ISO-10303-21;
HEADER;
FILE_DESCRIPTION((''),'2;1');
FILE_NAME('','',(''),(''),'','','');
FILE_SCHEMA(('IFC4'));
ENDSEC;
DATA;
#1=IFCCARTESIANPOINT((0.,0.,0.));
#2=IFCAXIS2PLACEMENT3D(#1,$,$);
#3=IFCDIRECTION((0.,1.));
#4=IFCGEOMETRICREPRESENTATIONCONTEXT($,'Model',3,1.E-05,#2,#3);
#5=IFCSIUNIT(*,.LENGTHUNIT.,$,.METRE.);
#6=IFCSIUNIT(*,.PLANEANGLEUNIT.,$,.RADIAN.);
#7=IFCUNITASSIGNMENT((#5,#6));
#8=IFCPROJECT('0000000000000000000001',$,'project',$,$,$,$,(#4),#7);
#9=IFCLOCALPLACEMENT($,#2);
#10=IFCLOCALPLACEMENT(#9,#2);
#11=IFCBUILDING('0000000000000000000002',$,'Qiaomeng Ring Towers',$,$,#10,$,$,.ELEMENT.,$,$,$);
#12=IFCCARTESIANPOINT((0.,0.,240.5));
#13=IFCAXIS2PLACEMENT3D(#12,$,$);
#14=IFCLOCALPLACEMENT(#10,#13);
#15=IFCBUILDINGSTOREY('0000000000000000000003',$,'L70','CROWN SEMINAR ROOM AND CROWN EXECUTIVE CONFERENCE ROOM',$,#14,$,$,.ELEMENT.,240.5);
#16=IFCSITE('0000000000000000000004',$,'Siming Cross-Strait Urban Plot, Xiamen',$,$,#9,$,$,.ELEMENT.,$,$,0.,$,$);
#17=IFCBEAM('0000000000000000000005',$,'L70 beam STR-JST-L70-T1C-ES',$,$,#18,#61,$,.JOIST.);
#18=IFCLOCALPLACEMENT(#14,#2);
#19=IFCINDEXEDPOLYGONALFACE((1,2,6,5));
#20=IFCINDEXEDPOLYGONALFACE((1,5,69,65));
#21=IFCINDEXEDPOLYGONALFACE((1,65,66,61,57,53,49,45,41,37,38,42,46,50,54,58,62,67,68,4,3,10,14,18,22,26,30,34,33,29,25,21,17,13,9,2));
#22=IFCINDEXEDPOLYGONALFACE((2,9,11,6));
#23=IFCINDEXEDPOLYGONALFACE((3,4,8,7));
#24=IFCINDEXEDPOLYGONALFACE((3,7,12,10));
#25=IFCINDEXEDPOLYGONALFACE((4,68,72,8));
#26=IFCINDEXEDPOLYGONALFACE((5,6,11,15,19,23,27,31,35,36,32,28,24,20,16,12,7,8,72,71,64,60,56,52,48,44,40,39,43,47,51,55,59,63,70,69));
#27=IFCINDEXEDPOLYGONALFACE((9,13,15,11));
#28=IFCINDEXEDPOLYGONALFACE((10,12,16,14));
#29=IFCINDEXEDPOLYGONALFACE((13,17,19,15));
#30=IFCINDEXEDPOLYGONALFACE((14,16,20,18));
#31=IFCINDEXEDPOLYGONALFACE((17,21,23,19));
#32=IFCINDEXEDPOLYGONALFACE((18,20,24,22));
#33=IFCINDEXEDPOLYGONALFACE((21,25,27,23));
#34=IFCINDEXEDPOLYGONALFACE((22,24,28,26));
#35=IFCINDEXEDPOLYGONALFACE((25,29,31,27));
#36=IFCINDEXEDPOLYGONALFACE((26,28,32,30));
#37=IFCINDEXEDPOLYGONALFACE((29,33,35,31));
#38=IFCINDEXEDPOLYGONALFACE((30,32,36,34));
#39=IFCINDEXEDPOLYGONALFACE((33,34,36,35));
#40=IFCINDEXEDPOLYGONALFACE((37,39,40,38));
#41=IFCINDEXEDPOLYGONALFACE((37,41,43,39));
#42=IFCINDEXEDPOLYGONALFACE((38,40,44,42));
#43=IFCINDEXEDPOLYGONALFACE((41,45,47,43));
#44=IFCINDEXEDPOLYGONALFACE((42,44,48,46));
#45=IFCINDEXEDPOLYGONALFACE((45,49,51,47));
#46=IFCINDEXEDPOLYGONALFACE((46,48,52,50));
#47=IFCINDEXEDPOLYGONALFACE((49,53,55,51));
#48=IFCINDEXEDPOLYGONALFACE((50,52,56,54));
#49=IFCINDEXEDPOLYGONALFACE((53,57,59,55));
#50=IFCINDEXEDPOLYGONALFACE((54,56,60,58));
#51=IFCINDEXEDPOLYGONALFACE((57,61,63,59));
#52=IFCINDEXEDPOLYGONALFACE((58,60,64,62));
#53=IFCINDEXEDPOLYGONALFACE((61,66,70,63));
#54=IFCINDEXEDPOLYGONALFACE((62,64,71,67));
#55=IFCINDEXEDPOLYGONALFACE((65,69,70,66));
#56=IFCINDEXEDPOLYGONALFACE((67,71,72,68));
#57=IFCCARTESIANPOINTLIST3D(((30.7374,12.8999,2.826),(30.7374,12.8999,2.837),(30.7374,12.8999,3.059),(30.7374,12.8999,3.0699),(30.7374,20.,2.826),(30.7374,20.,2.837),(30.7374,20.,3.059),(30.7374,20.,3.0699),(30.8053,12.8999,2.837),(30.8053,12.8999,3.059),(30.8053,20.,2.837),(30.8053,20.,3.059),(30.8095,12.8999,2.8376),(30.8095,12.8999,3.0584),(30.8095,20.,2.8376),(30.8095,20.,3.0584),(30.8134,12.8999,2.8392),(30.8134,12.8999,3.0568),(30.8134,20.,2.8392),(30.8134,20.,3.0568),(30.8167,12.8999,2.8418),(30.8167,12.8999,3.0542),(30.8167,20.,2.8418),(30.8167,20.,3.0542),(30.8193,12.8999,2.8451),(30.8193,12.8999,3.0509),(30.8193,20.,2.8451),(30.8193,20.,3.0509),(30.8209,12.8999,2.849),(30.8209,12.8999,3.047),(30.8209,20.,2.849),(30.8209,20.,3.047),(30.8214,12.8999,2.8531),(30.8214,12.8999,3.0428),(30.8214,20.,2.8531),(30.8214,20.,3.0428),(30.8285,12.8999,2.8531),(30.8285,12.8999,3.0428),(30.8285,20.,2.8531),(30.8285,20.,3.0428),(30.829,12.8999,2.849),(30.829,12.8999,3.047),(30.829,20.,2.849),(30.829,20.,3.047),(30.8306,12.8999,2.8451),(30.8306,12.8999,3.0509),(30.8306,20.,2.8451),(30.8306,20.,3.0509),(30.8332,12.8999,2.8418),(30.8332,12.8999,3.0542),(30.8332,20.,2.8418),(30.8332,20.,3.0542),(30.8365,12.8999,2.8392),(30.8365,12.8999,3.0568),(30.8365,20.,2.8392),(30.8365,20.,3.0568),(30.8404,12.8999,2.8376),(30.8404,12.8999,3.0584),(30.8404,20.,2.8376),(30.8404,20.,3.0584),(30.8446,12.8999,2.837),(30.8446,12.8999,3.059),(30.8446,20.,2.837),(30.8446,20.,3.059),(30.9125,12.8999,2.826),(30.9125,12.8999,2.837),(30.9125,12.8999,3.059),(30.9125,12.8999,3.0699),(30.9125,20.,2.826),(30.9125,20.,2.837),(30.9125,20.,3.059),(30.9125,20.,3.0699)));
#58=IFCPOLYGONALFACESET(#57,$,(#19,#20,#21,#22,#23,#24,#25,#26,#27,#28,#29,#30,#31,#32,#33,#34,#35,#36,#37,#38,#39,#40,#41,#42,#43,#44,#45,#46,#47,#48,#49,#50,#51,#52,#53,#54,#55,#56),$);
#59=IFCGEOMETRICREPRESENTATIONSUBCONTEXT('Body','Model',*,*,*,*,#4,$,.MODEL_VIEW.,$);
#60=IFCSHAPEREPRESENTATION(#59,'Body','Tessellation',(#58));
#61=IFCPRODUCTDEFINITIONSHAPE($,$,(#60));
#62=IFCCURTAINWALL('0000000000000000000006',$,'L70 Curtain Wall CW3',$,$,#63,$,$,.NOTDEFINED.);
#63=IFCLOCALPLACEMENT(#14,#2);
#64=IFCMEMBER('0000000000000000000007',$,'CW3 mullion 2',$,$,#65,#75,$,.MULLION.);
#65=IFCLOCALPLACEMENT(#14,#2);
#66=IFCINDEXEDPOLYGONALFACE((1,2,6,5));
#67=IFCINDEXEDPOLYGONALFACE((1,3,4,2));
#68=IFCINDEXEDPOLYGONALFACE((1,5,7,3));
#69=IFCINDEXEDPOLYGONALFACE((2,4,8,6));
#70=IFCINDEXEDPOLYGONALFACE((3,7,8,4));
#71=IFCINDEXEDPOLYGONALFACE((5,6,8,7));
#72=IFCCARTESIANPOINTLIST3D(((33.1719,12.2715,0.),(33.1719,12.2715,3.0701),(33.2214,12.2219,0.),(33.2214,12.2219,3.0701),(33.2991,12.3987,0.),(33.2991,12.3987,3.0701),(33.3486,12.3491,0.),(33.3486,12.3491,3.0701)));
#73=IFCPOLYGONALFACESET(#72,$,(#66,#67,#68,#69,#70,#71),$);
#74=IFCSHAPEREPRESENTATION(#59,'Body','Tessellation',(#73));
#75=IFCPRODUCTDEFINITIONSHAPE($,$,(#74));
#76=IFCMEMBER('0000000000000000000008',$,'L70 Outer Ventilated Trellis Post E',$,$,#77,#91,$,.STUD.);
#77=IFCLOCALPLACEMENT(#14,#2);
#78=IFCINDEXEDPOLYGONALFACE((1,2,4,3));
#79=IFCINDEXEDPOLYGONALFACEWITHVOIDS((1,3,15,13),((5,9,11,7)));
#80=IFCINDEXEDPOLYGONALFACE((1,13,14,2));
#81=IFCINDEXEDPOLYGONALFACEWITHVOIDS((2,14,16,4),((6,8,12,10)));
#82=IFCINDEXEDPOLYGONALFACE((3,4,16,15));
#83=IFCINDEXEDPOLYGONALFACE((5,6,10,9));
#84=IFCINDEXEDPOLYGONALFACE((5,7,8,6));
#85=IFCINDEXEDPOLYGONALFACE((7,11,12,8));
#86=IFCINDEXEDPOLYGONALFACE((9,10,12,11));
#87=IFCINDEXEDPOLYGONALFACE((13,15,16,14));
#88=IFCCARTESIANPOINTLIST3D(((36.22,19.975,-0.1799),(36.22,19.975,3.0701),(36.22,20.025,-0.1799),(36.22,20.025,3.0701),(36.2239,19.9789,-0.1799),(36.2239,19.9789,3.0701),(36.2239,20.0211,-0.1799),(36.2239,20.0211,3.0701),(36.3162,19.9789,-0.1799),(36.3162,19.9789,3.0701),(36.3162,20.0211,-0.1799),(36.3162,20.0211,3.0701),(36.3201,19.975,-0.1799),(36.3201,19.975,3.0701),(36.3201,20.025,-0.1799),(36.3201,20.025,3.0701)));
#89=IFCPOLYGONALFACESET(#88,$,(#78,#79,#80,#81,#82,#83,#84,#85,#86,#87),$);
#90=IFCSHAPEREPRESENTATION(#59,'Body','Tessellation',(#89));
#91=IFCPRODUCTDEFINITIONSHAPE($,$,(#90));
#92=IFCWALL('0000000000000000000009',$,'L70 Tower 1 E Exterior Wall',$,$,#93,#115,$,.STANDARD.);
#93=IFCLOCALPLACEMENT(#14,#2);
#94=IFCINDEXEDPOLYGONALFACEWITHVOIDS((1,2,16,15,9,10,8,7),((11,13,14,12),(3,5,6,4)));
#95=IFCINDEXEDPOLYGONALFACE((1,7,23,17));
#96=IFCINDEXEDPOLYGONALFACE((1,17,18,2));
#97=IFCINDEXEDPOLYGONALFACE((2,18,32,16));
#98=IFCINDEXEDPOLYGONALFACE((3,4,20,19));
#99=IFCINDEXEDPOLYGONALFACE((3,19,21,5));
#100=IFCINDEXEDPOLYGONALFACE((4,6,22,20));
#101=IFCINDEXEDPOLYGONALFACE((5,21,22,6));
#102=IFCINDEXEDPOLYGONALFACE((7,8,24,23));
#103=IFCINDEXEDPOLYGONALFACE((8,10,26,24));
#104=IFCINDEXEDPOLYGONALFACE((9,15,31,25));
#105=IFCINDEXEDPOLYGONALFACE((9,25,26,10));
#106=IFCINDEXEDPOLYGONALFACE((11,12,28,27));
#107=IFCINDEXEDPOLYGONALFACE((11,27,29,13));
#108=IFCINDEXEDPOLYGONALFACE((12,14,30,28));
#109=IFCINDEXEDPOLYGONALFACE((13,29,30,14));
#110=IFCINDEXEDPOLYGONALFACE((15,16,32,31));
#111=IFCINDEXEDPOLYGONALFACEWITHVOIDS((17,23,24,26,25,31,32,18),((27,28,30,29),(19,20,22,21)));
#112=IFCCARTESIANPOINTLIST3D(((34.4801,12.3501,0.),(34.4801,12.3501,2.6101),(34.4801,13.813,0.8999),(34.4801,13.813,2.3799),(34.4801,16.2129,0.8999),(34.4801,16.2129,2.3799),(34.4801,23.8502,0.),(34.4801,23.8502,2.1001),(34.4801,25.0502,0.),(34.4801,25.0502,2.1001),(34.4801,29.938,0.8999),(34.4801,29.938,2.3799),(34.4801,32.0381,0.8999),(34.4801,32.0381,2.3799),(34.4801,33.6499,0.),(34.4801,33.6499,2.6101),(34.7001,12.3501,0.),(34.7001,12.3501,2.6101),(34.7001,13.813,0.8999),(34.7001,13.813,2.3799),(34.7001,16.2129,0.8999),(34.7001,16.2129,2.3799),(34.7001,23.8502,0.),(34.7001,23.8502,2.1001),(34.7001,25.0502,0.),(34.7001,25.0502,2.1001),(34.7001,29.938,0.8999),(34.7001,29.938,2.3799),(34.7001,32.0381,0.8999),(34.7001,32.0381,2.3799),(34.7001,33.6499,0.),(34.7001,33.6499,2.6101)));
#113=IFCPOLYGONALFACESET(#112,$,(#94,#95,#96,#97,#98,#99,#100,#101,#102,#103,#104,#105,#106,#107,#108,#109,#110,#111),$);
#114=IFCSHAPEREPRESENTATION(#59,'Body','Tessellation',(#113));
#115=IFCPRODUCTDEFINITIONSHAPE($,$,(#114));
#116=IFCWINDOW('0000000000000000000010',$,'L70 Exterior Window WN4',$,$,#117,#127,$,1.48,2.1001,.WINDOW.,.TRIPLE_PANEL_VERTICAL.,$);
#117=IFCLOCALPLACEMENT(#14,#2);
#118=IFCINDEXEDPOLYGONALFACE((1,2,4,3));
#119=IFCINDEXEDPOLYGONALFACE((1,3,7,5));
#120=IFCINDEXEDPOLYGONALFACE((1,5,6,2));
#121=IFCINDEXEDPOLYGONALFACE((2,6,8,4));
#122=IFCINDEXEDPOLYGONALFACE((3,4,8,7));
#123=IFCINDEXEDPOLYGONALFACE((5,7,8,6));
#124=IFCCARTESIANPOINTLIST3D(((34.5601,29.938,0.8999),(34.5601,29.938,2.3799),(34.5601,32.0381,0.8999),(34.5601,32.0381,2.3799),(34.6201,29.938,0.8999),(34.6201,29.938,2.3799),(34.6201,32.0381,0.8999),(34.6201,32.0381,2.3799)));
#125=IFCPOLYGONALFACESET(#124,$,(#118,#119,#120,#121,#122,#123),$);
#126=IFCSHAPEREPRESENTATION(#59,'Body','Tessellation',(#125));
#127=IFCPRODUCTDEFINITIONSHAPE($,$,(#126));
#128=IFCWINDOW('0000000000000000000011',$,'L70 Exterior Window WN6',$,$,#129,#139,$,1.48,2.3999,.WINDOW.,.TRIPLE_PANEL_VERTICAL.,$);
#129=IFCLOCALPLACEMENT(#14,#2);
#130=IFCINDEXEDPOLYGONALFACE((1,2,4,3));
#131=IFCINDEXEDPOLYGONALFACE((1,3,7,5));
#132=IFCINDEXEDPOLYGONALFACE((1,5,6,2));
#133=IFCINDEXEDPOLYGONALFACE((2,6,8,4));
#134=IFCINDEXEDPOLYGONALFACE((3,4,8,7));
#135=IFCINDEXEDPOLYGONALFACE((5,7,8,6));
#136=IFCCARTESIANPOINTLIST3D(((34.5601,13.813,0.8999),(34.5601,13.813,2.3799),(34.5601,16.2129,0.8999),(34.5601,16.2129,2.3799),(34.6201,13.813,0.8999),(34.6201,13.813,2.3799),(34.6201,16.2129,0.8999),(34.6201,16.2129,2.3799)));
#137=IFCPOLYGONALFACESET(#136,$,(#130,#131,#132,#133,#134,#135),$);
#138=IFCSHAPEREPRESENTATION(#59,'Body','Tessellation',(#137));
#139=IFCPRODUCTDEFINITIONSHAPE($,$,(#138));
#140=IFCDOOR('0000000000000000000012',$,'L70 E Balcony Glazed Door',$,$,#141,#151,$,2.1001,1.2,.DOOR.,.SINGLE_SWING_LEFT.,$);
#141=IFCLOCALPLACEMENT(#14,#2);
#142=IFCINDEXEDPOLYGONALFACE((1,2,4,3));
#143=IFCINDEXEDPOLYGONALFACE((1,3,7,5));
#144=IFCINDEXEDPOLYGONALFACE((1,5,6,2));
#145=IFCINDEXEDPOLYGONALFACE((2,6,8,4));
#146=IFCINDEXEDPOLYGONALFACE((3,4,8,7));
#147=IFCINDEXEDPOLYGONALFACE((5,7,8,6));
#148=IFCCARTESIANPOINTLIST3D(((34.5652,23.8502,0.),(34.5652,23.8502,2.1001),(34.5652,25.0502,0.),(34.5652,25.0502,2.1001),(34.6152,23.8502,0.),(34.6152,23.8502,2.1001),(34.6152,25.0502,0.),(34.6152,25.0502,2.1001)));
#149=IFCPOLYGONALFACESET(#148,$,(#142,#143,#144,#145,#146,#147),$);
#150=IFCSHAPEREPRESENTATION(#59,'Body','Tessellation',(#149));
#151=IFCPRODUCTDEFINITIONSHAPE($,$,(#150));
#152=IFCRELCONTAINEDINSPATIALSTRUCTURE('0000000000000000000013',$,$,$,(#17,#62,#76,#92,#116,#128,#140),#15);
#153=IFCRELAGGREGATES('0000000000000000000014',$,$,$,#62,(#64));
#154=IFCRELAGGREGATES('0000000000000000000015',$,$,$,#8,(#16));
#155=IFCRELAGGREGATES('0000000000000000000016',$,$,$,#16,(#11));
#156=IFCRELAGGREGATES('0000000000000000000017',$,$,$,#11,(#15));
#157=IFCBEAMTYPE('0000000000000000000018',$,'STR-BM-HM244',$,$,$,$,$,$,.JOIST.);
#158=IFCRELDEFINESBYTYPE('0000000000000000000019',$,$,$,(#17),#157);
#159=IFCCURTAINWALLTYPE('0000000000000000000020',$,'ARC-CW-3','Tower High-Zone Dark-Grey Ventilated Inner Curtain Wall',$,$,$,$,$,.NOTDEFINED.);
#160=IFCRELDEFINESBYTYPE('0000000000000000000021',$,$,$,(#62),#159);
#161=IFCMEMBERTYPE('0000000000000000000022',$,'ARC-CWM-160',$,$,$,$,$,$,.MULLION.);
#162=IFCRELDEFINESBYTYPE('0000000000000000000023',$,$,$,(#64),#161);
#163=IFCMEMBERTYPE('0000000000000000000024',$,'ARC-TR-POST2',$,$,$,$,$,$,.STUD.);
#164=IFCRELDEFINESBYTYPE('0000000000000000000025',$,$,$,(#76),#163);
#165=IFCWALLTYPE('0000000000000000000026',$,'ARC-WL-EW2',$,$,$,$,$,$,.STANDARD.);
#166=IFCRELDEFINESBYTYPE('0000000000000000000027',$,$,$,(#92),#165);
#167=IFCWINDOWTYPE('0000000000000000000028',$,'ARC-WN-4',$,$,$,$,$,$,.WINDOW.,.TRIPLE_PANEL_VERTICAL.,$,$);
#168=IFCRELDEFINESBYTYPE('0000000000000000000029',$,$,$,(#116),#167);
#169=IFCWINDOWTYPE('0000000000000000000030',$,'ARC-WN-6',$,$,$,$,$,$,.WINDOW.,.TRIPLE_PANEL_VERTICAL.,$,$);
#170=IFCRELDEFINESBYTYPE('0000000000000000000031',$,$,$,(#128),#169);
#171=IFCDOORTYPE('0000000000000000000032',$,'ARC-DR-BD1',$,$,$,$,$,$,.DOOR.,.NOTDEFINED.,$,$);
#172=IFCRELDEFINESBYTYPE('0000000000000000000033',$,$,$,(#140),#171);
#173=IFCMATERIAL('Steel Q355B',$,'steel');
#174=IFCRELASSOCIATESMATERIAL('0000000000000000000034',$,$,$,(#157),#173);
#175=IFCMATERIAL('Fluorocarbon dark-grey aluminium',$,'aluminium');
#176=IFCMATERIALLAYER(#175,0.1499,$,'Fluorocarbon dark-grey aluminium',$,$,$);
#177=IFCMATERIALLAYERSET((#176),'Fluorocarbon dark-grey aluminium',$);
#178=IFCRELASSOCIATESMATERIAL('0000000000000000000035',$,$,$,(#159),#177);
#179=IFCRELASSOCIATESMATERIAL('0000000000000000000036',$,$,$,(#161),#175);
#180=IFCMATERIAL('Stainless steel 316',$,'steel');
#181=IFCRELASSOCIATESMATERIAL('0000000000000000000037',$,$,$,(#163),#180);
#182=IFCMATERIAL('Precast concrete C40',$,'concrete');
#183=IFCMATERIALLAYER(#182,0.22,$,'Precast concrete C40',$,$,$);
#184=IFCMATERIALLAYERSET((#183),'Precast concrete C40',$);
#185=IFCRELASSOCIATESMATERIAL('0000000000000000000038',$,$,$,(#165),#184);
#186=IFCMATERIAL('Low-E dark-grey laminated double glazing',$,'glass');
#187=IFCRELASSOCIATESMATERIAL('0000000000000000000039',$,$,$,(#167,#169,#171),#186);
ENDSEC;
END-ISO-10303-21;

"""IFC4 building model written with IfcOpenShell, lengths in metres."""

from ifc_helpers import new_model, si_unit, direction, frame, frame_2d, origin, origin_2d, place, context, subcontext, project, spatial, rectangle, hollow_rectangle, i_section, extrude, source, transform, mapped, material, layer, layer_set, material_profile, profile_set, type_object, element, fill, aggregate, save


model = new_model("IFC4")

# Units and contexts
model_context = context("Model", 3, precision=1e-05, world=origin(), true_north=direction((0.0, 1.0)))
body_context = subcontext(model_context, "Body", "Model", "MODEL_VIEW")
ifc_project = project(units=[si_unit("LENGTHUNIT", "METRE"), si_unit("PLANEANGLEUNIT", "RADIAN")], contexts=[model_context])

# Site, building, storey
site_placement = place(None, origin())
site = spatial("IfcSite", under=ifc_project, at=site_placement, Name="Siming Cross-Strait Urban Plot, Xiamen", CompositionType="ELEMENT", RefElevation=0.0)
building_placement = place(site_placement, origin())
building = spatial("IfcBuilding", under=site, at=building_placement, Name="Qiaomeng Ring Towers", CompositionType="ELEMENT")
storey_placement = place(building_placement, frame((0.0, 0.0, 240.5)))
storey = spatial("IfcBuildingStorey", under=building, at=storey_placement, Name="L70", Description="CROWN SEMINAR ROOM AND CROWN EXECUTIVE CONFERENCE ROOM", CompositionType="ELEMENT", Elevation=240.5)

# Beam
ifc_material_1 = material(Name="Steel Q355B", Category="steel")
ifc_material_profile_1 = material_profile(ifc_material_1, i_section(OverallWidth=0.175, OverallDepth=0.2439, WebThickness=0.0071, FlangeThickness=0.011, FilletRadius=0.0161, at=origin_2d()), Name="HM 244x175x7x11")
ifc_profile_set_1 = profile_set([ifc_material_profile_1], Name="Steel Q355B")
beam_type_1 = type_object("IfcBeamType", Name="STR-BM-HM244", PredefinedType="JOIST", material=ifc_profile_set_1)
shared_shape_1 = source(origin(), body_context, "Body", "SweptSolid", [
    extrude(i_section(OverallWidth=0.175, OverallDepth=0.2439, WebThickness=0.0071, FlangeThickness=0.011, FilletRadius=0.0161, at=origin_2d()), origin(), (0.0, 0.0, 1.0), 7.1001),
])
beam_1_placement = place(storey_placement, frame((30.825, 12.8999, 2.948), z_axis=(0.0, 1.0, 0.0), x_axis=(-1.0, 0.0, 0.0)))
element("IfcBeam", 1, at=beam_1_placement, inside=storey, type_object=beam_type_1, Name="L70 beam STR-JST-L70-T1C-ES", PredefinedType="JOIST", context=body_context, shape_type="MappedRepresentation", body=[
    mapped(shared_shape_1, transform((0.0, 0.0, 0.0), x_axis=(1.0, 0.0, 0.0), y_axis=(0.0, 1.0, 0.0), z_axis=(0.0, 0.0, 1.0), scale=1.0)),
])

# Curtain wall, member
ifc_material_2 = material(Name="Fluorocarbon dark-grey aluminium", Category="aluminium")
ifc_layer_1 = layer(ifc_material_2, 0.1499, Name="Fluorocarbon dark-grey aluminium")
ifc_layer_set_1 = layer_set([ifc_layer_1], Name="Fluorocarbon dark-grey aluminium")
curtain_wall_type = type_object("IfcCurtainWallType", Name="ARC-CW-3", Description="Tower High-Zone Dark-Grey Ventilated Inner Curtain Wall", PredefinedType="NOTDEFINED", material=ifc_layer_set_1)
curtain_wall_placement = place(storey_placement, origin())
curtain_wall = element("IfcCurtainWall", 2, at=curtain_wall_placement, inside=storey, type_object=curtain_wall_type, Name="L70 Curtain Wall CW3", PredefinedType="NOTDEFINED")
ifc_material_profile_2 = material_profile(ifc_material_2, rectangle(XDim=0.0701, YDim=0.1799, at=origin_2d()), Name="ALU MULL 70x180")
ifc_profile_set_2 = profile_set([ifc_material_profile_2], Name="Fluorocarbon dark-grey aluminium")
member_type_1 = type_object("IfcMemberType", Name="ARC-CWM-160", PredefinedType="MULLION", material=ifc_profile_set_2)
shared_shape_2 = source(origin(), body_context, "Body", "SweptSolid", [
    extrude(rectangle(XDim=0.0701, YDim=0.1799, at=origin_2d()), origin(), (0.0, 0.0, 1.0), 3.0701),
])
member_1_placement = place(storey_placement, frame((33.2603, 12.3103, 0.0), z_axis=(0.0, 0.0, 1.0), x_axis=(-0.707107, 0.707107, 0.0)))
member_1 = element("IfcMember", 3, at=member_1_placement, type_object=member_type_1, Name="CW3 mullion 2", PredefinedType="MULLION", context=body_context, shape_type="MappedRepresentation", body=[
    mapped(shared_shape_2, transform((0.0, 0.0, 0.0), x_axis=(1.0, 0.0, 0.0), y_axis=(0.0, 1.0, 0.0), z_axis=(0.0, 0.0, 1.0), scale=1.0)),
])
aggregate(curtain_wall, [member_1])

# Member
ifc_material_3 = material(Name="Stainless steel 316", Category="steel")
ifc_material_profile_3 = material_profile(ifc_material_3, hollow_rectangle(XDim=0.05, YDim=0.1001, WallThickness=0.0039, at=origin_2d()), Name="SS TRELLIS 100x50")
ifc_profile_set_3 = profile_set([ifc_material_profile_3], Name="Stainless steel 316")
member_type_2 = type_object("IfcMemberType", Name="ARC-TR-POST2", PredefinedType="STUD", material=ifc_profile_set_3)
shared_shape_3 = source(origin(), body_context, "Body", "SweptSolid", [
    extrude(hollow_rectangle(XDim=0.05, YDim=0.1001, WallThickness=0.0039, at=origin_2d()), origin(), (0.0, 0.0, 1.0), 3.25),
])
member_2_placement = place(storey_placement, frame((36.27, 20.0, -0.1799), z_axis=(0.0, 0.0, 1.0), x_axis=(0.0, 1.0, 0.0)))
element("IfcMember", 4, at=member_2_placement, inside=storey, type_object=member_type_2, Name="L70 Outer Ventilated Trellis Post E", PredefinedType="STUD", context=body_context, shape_type="MappedRepresentation", body=[
    mapped(shared_shape_3, transform((0.0, 0.0, 0.0), x_axis=(1.0, 0.0, 0.0), y_axis=(0.0, 1.0, 0.0), z_axis=(0.0, 0.0, 1.0), scale=1.0)),
])

# Wall, openings, windows, door
ifc_material_4 = material(Name="Precast concrete C40", Category="concrete")
ifc_layer_2 = layer(ifc_material_4, 0.22, Name="Precast concrete C40")
ifc_layer_set_2 = layer_set([ifc_layer_2], Name="Precast concrete C40")
wall_type_1 = type_object("IfcWallType", Name="ARC-WL-EW2", PredefinedType="STANDARD", material=ifc_layer_set_2)
wall_1_placement = place(storey_placement, frame((34.5901, 12.3501, 0.0), z_axis=(0.0, 0.0, 1.0), x_axis=(0.0, 1.0, 0.0)))
wall_1 = element("IfcWall", 5, at=wall_1_placement, inside=storey, type_object=wall_type_1, Name="L70 Tower 1 E Exterior Wall", PredefinedType="STANDARD", context=body_context, shape_type="SweptSolid", body=[
    extrude(rectangle(XDim=21.2998, YDim=0.22, at=frame_2d((10.6499, 0.0))), origin(), (0.0, 0.0, 1.0), 2.6101),
])
opening_1_placement = place(wall_1_placement, frame((11.5, 0.0, 0.0)))
opening_1 = element("IfcOpeningElement", 6, at=opening_1_placement, cuts=wall_1, PredefinedType="OPENING", context=body_context, shape_type="SweptSolid", body=[
    extrude(rectangle(XDim=1.2, YDim=2.1001, at=frame_2d((0.6001, 1.05))), frame((0.0, 0.1199, 0.0), z_axis=(0.0, -1.0, 0.0), x_axis=(1.0, 0.0, 0.0)), (0.0, 0.0, 1.0), 0.24),
])
opening_2_placement = place(wall_1_placement, frame((1.4629, 0.0, 0.8999)))
opening_2 = element("IfcOpeningElement", 7, at=opening_2_placement, cuts=wall_1, PredefinedType="OPENING", context=body_context, shape_type="SweptSolid", body=[
    extrude(rectangle(XDim=2.3999, YDim=1.48, at=frame_2d((1.2, 0.74))), frame((0.0, 0.1199, 0.0), z_axis=(0.0, -1.0, 0.0), x_axis=(1.0, 0.0, 0.0)), (0.0, 0.0, 1.0), 0.24),
])
opening_3_placement = place(wall_1_placement, frame((17.5879, 0.0, 0.8999)))
opening_3 = element("IfcOpeningElement", 8, at=opening_3_placement, cuts=wall_1, PredefinedType="OPENING", context=body_context, shape_type="SweptSolid", body=[
    extrude(rectangle(XDim=2.1001, YDim=1.48, at=frame_2d((1.05, 0.74))), frame((0.0, 0.1199, 0.0), z_axis=(0.0, -1.0, 0.0), x_axis=(1.0, 0.0, 0.0)), (0.0, 0.0, 1.0), 0.24),
])
ifc_material_5 = material(Name="Low-E dark-grey laminated double glazing", Category="glass")
window_type_1 = type_object("IfcWindowType", Name="ARC-WN-4", PartitioningType="TRIPLE_PANEL_VERTICAL", PredefinedType="WINDOW", material=ifc_material_5)
shared_shape_4 = source(origin(), body_context, "Body", "SweptSolid", [
    extrude(rectangle(XDim=2.1001, YDim=1.48, at=frame_2d((1.05, 0.74))), frame((0.0, 0.03, 0.0), z_axis=(0.0, -1.0, 0.0), x_axis=(1.0, 0.0, 0.0)), (0.0, 0.0, 1.0), 0.0601),
])
window_1_placement = place(opening_3_placement, origin())
window_1 = element("IfcWindow", 9, at=window_1_placement, inside=storey, type_object=window_type_1, Name="L70 Exterior Window WN4", OverallHeight=1.48, OverallWidth=2.1001, PartitioningType="TRIPLE_PANEL_VERTICAL", PredefinedType="WINDOW", context=body_context, shape_type="MappedRepresentation", body=[
    mapped(shared_shape_4, transform((0.0, 0.0, 0.0), x_axis=(1.0, 0.0, 0.0), y_axis=(0.0, 1.0, 0.0), z_axis=(0.0, 0.0, 1.0), scale=1.0)),
])
fill(opening_3, window_1)
window_type_2 = type_object("IfcWindowType", Name="ARC-WN-6", PartitioningType="TRIPLE_PANEL_VERTICAL", PredefinedType="WINDOW", material=ifc_material_5)
shared_shape_5 = source(origin(), body_context, "Body", "SweptSolid", [
    extrude(rectangle(XDim=2.3999, YDim=1.48, at=frame_2d((1.2, 0.74))), frame((0.0, 0.03, 0.0), z_axis=(0.0, -1.0, 0.0), x_axis=(1.0, 0.0, 0.0)), (0.0, 0.0, 1.0), 0.0601),
])
window_2_placement = place(opening_2_placement, origin())
window_2 = element("IfcWindow", 10, at=window_2_placement, inside=storey, type_object=window_type_2, Name="L70 Exterior Window WN6", OverallHeight=1.48, OverallWidth=2.3999, PartitioningType="TRIPLE_PANEL_VERTICAL", PredefinedType="WINDOW", context=body_context, shape_type="MappedRepresentation", body=[
    mapped(shared_shape_5, transform((0.0, 0.0, 0.0), x_axis=(1.0, 0.0, 0.0), y_axis=(0.0, 1.0, 0.0), z_axis=(0.0, 0.0, 1.0), scale=1.0)),
])
fill(opening_2, window_2)
door_type_1 = type_object("IfcDoorType", Name="ARC-DR-BD1", OperationType="NOTDEFINED", PredefinedType="DOOR", material=ifc_material_5)
shared_shape_6 = source(origin(), body_context, "Body", "SweptSolid", [
    extrude(rectangle(XDim=1.2, YDim=2.1001, at=frame_2d((0.6001, 1.05))), frame((0.0, 0.0249, 0.0), z_axis=(0.0, -1.0, 0.0), x_axis=(1.0, 0.0, 0.0)), (0.0, 0.0, 1.0), 0.05),
])
door_1_placement = place(opening_1_placement, origin())
door_1 = element("IfcDoor", 11, at=door_1_placement, inside=storey, type_object=door_type_1, Name="L70 E Balcony Glazed Door", OperationType="SINGLE_SWING_LEFT", OverallHeight=2.1001, OverallWidth=1.2, PredefinedType="DOOR", context=body_context, shape_type="MappedRepresentation", body=[
    mapped(shared_shape_6, transform((0.0, 0.0, 0.0), x_axis=(1.0, 0.0, 0.0), y_axis=(0.0, 1.0, 0.0), z_axis=(0.0, 0.0, 1.0), scale=1.0)),
])
fill(opening_1, door_1)

save(model, "model.ifc")
